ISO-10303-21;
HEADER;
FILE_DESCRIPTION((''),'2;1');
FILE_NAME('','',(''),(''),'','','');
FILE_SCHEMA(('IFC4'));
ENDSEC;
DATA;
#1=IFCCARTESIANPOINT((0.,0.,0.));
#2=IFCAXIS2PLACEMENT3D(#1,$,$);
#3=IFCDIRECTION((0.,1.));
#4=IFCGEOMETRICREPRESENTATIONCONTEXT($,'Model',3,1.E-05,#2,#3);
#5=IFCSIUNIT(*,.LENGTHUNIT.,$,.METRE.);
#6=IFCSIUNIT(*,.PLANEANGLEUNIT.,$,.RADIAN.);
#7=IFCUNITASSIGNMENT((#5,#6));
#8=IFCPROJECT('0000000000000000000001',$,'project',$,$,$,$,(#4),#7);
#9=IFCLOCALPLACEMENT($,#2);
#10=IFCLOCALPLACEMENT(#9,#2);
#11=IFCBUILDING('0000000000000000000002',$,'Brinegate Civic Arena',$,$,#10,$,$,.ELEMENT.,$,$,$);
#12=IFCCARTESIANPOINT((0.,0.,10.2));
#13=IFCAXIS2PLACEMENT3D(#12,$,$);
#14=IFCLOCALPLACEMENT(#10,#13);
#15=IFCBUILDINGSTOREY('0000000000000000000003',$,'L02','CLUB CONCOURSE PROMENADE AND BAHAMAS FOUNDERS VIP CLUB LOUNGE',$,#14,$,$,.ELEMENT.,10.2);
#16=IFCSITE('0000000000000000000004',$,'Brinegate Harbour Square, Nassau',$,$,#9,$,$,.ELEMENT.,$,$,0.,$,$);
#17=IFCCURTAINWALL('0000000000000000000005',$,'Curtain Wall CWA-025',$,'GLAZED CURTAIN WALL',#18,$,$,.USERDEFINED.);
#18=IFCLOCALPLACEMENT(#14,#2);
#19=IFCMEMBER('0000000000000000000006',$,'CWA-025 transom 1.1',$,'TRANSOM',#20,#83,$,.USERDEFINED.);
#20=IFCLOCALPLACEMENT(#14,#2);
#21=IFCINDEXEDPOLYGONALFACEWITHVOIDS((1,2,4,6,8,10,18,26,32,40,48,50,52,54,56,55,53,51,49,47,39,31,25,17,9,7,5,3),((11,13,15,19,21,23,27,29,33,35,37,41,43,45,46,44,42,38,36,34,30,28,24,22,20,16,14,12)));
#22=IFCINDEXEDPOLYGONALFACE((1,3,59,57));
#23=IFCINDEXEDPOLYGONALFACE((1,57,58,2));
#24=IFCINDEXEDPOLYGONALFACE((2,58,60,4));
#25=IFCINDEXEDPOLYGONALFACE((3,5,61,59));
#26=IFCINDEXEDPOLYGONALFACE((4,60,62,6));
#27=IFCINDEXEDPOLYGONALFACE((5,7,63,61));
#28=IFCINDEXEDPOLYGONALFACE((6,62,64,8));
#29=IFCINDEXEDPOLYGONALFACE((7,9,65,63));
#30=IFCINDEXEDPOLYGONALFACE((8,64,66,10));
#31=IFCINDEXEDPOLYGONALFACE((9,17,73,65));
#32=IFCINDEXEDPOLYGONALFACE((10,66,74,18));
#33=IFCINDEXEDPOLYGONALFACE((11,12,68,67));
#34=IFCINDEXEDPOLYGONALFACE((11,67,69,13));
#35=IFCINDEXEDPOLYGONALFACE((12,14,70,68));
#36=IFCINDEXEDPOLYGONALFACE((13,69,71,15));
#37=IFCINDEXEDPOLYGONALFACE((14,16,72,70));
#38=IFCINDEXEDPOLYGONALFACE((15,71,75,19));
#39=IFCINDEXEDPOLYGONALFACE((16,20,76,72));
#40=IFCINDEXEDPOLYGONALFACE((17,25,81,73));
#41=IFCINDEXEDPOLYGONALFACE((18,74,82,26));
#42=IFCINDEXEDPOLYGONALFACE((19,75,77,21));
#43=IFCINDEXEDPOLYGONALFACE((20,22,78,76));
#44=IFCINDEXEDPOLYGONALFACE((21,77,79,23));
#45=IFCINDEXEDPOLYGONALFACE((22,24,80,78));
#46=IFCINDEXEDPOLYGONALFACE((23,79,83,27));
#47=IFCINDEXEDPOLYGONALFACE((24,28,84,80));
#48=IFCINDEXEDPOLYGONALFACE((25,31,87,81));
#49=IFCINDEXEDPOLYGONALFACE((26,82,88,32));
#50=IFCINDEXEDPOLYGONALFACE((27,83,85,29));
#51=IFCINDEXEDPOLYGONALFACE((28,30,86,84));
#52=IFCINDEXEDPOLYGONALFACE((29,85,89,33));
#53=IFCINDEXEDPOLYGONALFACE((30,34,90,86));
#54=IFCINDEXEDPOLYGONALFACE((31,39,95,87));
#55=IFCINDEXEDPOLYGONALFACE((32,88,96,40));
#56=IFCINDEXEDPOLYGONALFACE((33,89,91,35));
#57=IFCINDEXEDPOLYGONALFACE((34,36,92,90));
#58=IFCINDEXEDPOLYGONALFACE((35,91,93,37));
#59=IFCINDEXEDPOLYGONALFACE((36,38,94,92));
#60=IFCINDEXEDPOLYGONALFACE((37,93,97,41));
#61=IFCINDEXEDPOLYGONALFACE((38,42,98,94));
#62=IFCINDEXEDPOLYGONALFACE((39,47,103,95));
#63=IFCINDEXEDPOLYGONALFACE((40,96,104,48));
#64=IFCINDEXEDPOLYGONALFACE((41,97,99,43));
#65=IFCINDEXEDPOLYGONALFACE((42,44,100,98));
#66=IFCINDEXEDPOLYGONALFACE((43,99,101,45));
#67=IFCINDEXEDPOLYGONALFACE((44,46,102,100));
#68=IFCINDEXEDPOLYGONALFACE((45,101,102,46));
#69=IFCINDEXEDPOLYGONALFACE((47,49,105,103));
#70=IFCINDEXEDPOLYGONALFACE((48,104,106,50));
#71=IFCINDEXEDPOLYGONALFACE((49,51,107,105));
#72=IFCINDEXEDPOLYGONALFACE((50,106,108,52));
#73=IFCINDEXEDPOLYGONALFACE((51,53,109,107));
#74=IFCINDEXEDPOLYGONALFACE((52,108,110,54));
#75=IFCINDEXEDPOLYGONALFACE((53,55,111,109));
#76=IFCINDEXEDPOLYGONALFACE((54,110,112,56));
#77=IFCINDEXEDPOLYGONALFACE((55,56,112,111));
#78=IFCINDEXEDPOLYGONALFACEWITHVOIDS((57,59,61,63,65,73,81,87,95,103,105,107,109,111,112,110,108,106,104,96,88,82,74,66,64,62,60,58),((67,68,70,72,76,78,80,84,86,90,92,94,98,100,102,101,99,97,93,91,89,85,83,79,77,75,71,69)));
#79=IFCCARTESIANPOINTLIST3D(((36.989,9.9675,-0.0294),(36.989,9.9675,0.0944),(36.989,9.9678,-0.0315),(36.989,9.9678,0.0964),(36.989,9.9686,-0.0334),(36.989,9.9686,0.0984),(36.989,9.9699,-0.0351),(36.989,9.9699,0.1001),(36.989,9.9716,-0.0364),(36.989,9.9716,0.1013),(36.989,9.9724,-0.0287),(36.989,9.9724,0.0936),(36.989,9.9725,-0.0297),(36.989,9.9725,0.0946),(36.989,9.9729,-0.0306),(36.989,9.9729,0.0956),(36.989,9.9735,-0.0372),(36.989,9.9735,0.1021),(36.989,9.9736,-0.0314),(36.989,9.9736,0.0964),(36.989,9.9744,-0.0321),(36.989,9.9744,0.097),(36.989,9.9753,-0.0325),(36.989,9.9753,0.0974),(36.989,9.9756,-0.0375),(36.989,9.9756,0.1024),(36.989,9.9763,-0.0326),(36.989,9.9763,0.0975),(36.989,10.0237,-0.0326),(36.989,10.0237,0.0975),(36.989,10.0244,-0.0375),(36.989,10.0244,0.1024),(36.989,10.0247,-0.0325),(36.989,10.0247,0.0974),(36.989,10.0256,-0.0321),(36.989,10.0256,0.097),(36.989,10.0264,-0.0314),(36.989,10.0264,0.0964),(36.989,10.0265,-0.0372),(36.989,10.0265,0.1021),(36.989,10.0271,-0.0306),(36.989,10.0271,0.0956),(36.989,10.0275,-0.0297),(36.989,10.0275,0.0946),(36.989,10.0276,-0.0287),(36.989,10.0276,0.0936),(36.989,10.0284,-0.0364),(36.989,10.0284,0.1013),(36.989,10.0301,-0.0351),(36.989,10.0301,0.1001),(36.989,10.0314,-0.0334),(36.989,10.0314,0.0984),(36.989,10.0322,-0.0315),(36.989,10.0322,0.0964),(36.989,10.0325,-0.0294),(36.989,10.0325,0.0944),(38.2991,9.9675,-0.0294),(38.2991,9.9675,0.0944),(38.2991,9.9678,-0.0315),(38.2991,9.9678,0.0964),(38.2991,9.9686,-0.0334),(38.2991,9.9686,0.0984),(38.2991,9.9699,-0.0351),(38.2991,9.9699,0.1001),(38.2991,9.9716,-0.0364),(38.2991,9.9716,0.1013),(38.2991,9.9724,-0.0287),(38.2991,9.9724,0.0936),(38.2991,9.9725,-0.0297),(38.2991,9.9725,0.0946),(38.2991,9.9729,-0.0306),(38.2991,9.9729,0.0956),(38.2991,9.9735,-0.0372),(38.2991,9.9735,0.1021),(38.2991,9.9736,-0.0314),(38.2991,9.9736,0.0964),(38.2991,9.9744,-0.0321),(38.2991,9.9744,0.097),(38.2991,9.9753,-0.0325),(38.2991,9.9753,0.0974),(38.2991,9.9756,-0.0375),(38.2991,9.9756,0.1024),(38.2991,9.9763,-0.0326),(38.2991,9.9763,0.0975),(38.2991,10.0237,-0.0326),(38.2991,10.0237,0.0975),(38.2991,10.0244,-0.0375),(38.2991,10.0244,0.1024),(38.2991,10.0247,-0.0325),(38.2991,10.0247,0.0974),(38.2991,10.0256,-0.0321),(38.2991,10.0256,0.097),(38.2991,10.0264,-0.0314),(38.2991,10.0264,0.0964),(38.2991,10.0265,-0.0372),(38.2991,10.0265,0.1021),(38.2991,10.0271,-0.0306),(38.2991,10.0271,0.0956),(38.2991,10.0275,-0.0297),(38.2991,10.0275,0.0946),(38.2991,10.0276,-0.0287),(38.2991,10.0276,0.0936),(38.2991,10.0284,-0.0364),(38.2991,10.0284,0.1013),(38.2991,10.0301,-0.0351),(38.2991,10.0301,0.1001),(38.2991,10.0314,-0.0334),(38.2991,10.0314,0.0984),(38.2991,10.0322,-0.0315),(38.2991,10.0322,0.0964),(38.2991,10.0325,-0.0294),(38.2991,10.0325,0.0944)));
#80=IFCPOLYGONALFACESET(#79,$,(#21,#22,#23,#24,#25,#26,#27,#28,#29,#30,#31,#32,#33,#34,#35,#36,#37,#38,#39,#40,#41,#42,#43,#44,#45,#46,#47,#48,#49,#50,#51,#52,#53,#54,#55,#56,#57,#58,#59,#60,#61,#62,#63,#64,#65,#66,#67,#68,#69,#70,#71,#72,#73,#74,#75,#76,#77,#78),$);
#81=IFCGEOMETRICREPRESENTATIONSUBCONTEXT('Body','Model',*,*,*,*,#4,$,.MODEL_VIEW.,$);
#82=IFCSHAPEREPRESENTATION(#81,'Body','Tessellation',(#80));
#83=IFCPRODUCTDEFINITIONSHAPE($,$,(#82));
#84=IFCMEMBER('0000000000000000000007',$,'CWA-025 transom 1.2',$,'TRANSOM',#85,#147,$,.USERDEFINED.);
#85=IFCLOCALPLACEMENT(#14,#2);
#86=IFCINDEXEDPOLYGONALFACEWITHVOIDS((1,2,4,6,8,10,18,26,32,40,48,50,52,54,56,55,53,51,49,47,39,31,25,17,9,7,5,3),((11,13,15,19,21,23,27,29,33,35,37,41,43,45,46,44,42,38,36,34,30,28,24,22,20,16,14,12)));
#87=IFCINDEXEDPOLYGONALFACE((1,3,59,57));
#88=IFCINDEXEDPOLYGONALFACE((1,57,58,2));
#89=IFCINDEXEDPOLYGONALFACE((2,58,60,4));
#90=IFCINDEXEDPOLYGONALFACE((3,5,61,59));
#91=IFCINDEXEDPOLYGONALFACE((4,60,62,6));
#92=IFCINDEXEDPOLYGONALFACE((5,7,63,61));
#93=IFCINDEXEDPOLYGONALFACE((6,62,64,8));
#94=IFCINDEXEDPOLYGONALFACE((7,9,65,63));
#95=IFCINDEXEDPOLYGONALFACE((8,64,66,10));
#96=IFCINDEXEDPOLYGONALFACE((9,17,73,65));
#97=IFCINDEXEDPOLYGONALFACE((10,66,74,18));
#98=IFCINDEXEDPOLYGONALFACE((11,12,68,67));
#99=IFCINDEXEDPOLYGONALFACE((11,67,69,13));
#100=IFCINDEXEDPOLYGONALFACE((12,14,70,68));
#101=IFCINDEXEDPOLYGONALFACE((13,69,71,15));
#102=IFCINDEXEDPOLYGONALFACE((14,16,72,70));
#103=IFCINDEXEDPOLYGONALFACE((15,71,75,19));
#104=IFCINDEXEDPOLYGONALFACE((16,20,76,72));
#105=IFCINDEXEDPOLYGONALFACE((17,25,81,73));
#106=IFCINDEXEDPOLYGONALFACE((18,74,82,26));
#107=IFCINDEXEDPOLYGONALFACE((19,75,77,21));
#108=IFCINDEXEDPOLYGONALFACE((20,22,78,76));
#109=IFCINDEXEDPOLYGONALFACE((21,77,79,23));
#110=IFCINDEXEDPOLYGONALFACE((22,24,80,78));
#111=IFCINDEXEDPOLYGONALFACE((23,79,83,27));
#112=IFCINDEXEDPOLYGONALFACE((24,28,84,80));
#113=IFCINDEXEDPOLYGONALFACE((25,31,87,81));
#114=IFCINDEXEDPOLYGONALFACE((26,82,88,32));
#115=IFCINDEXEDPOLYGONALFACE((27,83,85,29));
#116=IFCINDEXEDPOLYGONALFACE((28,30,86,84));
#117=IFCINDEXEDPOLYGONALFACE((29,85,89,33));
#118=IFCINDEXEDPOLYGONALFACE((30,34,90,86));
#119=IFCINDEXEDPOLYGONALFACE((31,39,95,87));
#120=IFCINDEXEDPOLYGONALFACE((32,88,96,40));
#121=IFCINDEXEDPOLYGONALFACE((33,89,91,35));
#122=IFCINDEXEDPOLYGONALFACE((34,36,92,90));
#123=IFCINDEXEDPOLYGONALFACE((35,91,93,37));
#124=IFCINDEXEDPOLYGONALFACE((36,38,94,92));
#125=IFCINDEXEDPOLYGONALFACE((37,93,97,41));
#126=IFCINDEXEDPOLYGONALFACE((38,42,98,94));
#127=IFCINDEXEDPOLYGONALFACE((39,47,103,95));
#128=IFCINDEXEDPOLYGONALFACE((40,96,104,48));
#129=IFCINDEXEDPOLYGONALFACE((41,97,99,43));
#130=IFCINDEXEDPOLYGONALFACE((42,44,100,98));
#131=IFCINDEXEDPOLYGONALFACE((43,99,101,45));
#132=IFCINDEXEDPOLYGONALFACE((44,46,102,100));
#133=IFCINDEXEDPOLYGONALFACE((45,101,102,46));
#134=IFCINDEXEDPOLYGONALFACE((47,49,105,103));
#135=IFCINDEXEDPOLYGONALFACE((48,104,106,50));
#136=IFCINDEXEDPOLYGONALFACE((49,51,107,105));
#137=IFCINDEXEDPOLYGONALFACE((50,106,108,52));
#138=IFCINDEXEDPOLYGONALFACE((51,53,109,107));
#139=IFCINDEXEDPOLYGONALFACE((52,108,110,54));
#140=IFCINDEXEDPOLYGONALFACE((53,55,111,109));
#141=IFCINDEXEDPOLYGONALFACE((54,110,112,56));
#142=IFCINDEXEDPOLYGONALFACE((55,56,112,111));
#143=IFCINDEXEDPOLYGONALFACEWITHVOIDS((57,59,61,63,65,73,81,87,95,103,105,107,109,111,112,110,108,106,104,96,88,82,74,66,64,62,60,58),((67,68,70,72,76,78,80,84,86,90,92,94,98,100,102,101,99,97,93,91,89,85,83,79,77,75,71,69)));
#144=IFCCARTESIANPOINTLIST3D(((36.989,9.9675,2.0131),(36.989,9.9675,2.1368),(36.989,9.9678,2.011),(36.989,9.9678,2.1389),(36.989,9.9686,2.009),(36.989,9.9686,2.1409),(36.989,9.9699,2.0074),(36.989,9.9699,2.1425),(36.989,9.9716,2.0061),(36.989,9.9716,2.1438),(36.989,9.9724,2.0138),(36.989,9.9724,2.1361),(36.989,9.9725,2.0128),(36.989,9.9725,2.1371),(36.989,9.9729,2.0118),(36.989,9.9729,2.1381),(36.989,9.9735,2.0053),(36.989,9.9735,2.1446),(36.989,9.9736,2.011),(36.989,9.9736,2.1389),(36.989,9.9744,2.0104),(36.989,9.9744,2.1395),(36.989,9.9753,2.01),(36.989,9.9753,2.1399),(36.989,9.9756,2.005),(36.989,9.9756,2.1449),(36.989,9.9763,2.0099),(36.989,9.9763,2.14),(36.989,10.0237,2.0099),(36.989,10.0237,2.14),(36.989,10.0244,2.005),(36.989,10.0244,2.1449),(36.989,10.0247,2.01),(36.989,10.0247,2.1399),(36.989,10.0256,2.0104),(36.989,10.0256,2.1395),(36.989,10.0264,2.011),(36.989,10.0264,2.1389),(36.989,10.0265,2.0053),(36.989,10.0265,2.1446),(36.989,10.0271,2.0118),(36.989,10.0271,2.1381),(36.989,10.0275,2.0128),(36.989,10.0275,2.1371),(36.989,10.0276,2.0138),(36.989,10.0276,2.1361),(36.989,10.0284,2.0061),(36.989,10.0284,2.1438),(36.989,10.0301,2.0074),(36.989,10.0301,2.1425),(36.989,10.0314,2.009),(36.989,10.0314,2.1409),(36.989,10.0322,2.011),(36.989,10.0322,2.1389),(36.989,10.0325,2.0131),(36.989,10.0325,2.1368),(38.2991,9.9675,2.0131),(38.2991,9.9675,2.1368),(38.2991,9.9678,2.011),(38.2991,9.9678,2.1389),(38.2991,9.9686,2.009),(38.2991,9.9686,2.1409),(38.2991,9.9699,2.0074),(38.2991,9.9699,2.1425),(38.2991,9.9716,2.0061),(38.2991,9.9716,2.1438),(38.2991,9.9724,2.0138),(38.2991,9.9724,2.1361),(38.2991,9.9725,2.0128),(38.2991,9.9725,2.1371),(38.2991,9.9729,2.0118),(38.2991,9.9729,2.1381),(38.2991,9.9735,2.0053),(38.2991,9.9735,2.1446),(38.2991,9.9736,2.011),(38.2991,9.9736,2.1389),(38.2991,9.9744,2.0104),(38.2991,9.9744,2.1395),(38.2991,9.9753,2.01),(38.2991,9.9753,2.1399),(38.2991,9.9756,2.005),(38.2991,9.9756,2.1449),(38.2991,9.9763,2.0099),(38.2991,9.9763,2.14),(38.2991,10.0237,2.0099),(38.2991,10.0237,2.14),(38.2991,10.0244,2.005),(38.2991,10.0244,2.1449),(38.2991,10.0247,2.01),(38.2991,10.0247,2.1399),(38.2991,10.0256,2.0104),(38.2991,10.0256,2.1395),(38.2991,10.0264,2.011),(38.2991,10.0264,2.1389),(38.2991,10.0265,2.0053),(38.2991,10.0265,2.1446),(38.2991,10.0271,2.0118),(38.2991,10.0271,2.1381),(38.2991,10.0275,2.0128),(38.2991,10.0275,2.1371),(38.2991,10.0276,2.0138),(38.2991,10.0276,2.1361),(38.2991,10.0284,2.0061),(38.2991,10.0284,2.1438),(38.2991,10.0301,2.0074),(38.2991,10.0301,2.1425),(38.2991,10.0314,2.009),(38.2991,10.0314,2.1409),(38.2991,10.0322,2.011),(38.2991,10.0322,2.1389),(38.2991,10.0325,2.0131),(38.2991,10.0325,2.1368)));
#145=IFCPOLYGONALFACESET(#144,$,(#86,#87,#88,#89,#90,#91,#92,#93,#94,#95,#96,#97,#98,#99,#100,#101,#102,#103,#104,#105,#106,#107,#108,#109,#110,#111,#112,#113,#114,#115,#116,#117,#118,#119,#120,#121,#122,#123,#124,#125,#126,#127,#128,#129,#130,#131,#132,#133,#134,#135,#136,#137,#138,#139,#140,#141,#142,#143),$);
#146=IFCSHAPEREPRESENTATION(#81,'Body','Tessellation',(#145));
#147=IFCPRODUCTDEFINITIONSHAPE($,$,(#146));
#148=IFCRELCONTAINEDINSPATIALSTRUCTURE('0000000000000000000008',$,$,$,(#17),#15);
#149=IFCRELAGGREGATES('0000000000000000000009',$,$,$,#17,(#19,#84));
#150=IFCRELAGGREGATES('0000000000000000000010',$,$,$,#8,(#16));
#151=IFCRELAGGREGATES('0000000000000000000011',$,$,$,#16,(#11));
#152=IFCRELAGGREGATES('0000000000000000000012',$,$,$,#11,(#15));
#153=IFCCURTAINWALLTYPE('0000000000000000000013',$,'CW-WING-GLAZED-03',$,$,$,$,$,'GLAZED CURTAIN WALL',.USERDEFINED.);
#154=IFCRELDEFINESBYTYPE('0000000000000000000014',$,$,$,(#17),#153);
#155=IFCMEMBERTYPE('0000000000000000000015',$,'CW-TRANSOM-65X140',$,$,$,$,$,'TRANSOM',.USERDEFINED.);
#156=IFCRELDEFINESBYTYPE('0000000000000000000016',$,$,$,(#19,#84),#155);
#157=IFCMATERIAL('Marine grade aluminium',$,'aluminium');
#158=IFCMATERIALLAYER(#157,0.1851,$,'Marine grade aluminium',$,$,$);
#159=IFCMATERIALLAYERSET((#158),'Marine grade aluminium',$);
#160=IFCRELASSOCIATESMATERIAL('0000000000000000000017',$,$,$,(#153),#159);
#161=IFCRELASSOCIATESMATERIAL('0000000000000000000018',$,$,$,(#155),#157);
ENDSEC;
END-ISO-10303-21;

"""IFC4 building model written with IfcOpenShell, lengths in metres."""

from ifc_helpers import new_model, si_unit, direction, frame, origin, origin_2d, place, context, subcontext, project, spatial, hollow_rectangle, extrude, material, layer, layer_set, material_profile, profile_set, type_object, element, aggregate, save


model = new_model("IFC4")

# Units and contexts
model_context = context("Model", 3, precision=1e-05, world=origin(), true_north=direction((0.0, 1.0)))
body_context = subcontext(model_context, "Body", "Model", "MODEL_VIEW")
ifc_project = project(units=[si_unit("LENGTHUNIT", "METRE"), si_unit("PLANEANGLEUNIT", "RADIAN")], contexts=[model_context])

# Site, building, storey
site_placement = place(None, origin())
site = spatial("IfcSite", under=ifc_project, at=site_placement, Name="Brinegate Harbour Square, Nassau", CompositionType="ELEMENT", RefElevation=0.0)
building_placement = place(site_placement, origin())
building = spatial("IfcBuilding", under=site, at=building_placement, Name="Brinegate Civic Arena", CompositionType="ELEMENT")
storey_placement = place(building_placement, frame((0.0, 0.0, 10.2)))
storey = spatial("IfcBuildingStorey", under=building, at=storey_placement, Name="L02", Description="CLUB CONCOURSE PROMENADE AND BAHAMAS FOUNDERS VIP CLUB LOUNGE", CompositionType="ELEMENT", Elevation=10.2)

# Curtain wall, members
ifc_material_1 = material(Name="Marine grade aluminium", Category="aluminium")
ifc_layer_1 = layer(ifc_material_1, 0.1851, Name="Marine grade aluminium")
ifc_layer_set_1 = layer_set([ifc_layer_1], Name="Marine grade aluminium")
curtain_wall_type = type_object("IfcCurtainWallType", Name="CW-WING-GLAZED-03", ElementType="GLAZED CURTAIN WALL", PredefinedType="USERDEFINED", material=ifc_layer_set_1)
curtain_wall_1_placement = place(storey_placement, origin())
curtain_wall_1 = element("IfcCurtainWall", 1, at=curtain_wall_1_placement, inside=storey, type_object=curtain_wall_type, Name="Curtain Wall CWA-025", ObjectType="GLAZED CURTAIN WALL", PredefinedType="USERDEFINED")
ifc_material_profile_1 = material_profile(ifc_material_1, hollow_rectangle(XDim=0.0649, YDim=0.1399, WallThickness=0.0049, InnerFilletRadius=0.0039, OuterFilletRadius=0.0081, at=origin_2d()), Name="TRN65X140")
ifc_profile_set_1 = profile_set([ifc_material_profile_1], Name="Marine grade aluminium")
member_type_1 = type_object("IfcMemberType", Name="CW-TRANSOM-65X140", ElementType="TRANSOM", PredefinedType="USERDEFINED", material=ifc_profile_set_1)
member_1_placement = place(storey_placement, frame((36.989, 10.0, 0.0325), z_axis=(1.0, 0.0, 0.0), x_axis=(0.0, 1.0, 0.0)))
member_1 = element("IfcMember", 2, at=member_1_placement, type_object=member_type_1, Name="CWA-025 transom 1.1", ObjectType="TRANSOM", PredefinedType="USERDEFINED", context=body_context, shape_type="SweptSolid", body=[
    extrude(hollow_rectangle(XDim=0.0649, YDim=0.1399, WallThickness=0.0049, InnerFilletRadius=0.0039, OuterFilletRadius=0.0081, at=origin_2d()), origin(), (0.0, 0.0, 1.0), 1.3101),
])
member_2_placement = place(storey_placement, frame((36.989, 10.0, 2.075), z_axis=(1.0, 0.0, 0.0), x_axis=(0.0, 1.0, 0.0)))
member_2 = element("IfcMember", 3, at=member_2_placement, type_object=member_type_1, Name="CWA-025 transom 1.2", ObjectType="TRANSOM", PredefinedType="USERDEFINED", context=body_context, shape_type="SweptSolid", body=[
    extrude(hollow_rectangle(XDim=0.0649, YDim=0.1399, WallThickness=0.0049, InnerFilletRadius=0.0039, OuterFilletRadius=0.0081, at=origin_2d()), origin(), (0.0, 0.0, 1.0), 1.3101),
])

aggregate(curtain_wall_1, [member_1, member_2])

save(model, "model.ifc")
